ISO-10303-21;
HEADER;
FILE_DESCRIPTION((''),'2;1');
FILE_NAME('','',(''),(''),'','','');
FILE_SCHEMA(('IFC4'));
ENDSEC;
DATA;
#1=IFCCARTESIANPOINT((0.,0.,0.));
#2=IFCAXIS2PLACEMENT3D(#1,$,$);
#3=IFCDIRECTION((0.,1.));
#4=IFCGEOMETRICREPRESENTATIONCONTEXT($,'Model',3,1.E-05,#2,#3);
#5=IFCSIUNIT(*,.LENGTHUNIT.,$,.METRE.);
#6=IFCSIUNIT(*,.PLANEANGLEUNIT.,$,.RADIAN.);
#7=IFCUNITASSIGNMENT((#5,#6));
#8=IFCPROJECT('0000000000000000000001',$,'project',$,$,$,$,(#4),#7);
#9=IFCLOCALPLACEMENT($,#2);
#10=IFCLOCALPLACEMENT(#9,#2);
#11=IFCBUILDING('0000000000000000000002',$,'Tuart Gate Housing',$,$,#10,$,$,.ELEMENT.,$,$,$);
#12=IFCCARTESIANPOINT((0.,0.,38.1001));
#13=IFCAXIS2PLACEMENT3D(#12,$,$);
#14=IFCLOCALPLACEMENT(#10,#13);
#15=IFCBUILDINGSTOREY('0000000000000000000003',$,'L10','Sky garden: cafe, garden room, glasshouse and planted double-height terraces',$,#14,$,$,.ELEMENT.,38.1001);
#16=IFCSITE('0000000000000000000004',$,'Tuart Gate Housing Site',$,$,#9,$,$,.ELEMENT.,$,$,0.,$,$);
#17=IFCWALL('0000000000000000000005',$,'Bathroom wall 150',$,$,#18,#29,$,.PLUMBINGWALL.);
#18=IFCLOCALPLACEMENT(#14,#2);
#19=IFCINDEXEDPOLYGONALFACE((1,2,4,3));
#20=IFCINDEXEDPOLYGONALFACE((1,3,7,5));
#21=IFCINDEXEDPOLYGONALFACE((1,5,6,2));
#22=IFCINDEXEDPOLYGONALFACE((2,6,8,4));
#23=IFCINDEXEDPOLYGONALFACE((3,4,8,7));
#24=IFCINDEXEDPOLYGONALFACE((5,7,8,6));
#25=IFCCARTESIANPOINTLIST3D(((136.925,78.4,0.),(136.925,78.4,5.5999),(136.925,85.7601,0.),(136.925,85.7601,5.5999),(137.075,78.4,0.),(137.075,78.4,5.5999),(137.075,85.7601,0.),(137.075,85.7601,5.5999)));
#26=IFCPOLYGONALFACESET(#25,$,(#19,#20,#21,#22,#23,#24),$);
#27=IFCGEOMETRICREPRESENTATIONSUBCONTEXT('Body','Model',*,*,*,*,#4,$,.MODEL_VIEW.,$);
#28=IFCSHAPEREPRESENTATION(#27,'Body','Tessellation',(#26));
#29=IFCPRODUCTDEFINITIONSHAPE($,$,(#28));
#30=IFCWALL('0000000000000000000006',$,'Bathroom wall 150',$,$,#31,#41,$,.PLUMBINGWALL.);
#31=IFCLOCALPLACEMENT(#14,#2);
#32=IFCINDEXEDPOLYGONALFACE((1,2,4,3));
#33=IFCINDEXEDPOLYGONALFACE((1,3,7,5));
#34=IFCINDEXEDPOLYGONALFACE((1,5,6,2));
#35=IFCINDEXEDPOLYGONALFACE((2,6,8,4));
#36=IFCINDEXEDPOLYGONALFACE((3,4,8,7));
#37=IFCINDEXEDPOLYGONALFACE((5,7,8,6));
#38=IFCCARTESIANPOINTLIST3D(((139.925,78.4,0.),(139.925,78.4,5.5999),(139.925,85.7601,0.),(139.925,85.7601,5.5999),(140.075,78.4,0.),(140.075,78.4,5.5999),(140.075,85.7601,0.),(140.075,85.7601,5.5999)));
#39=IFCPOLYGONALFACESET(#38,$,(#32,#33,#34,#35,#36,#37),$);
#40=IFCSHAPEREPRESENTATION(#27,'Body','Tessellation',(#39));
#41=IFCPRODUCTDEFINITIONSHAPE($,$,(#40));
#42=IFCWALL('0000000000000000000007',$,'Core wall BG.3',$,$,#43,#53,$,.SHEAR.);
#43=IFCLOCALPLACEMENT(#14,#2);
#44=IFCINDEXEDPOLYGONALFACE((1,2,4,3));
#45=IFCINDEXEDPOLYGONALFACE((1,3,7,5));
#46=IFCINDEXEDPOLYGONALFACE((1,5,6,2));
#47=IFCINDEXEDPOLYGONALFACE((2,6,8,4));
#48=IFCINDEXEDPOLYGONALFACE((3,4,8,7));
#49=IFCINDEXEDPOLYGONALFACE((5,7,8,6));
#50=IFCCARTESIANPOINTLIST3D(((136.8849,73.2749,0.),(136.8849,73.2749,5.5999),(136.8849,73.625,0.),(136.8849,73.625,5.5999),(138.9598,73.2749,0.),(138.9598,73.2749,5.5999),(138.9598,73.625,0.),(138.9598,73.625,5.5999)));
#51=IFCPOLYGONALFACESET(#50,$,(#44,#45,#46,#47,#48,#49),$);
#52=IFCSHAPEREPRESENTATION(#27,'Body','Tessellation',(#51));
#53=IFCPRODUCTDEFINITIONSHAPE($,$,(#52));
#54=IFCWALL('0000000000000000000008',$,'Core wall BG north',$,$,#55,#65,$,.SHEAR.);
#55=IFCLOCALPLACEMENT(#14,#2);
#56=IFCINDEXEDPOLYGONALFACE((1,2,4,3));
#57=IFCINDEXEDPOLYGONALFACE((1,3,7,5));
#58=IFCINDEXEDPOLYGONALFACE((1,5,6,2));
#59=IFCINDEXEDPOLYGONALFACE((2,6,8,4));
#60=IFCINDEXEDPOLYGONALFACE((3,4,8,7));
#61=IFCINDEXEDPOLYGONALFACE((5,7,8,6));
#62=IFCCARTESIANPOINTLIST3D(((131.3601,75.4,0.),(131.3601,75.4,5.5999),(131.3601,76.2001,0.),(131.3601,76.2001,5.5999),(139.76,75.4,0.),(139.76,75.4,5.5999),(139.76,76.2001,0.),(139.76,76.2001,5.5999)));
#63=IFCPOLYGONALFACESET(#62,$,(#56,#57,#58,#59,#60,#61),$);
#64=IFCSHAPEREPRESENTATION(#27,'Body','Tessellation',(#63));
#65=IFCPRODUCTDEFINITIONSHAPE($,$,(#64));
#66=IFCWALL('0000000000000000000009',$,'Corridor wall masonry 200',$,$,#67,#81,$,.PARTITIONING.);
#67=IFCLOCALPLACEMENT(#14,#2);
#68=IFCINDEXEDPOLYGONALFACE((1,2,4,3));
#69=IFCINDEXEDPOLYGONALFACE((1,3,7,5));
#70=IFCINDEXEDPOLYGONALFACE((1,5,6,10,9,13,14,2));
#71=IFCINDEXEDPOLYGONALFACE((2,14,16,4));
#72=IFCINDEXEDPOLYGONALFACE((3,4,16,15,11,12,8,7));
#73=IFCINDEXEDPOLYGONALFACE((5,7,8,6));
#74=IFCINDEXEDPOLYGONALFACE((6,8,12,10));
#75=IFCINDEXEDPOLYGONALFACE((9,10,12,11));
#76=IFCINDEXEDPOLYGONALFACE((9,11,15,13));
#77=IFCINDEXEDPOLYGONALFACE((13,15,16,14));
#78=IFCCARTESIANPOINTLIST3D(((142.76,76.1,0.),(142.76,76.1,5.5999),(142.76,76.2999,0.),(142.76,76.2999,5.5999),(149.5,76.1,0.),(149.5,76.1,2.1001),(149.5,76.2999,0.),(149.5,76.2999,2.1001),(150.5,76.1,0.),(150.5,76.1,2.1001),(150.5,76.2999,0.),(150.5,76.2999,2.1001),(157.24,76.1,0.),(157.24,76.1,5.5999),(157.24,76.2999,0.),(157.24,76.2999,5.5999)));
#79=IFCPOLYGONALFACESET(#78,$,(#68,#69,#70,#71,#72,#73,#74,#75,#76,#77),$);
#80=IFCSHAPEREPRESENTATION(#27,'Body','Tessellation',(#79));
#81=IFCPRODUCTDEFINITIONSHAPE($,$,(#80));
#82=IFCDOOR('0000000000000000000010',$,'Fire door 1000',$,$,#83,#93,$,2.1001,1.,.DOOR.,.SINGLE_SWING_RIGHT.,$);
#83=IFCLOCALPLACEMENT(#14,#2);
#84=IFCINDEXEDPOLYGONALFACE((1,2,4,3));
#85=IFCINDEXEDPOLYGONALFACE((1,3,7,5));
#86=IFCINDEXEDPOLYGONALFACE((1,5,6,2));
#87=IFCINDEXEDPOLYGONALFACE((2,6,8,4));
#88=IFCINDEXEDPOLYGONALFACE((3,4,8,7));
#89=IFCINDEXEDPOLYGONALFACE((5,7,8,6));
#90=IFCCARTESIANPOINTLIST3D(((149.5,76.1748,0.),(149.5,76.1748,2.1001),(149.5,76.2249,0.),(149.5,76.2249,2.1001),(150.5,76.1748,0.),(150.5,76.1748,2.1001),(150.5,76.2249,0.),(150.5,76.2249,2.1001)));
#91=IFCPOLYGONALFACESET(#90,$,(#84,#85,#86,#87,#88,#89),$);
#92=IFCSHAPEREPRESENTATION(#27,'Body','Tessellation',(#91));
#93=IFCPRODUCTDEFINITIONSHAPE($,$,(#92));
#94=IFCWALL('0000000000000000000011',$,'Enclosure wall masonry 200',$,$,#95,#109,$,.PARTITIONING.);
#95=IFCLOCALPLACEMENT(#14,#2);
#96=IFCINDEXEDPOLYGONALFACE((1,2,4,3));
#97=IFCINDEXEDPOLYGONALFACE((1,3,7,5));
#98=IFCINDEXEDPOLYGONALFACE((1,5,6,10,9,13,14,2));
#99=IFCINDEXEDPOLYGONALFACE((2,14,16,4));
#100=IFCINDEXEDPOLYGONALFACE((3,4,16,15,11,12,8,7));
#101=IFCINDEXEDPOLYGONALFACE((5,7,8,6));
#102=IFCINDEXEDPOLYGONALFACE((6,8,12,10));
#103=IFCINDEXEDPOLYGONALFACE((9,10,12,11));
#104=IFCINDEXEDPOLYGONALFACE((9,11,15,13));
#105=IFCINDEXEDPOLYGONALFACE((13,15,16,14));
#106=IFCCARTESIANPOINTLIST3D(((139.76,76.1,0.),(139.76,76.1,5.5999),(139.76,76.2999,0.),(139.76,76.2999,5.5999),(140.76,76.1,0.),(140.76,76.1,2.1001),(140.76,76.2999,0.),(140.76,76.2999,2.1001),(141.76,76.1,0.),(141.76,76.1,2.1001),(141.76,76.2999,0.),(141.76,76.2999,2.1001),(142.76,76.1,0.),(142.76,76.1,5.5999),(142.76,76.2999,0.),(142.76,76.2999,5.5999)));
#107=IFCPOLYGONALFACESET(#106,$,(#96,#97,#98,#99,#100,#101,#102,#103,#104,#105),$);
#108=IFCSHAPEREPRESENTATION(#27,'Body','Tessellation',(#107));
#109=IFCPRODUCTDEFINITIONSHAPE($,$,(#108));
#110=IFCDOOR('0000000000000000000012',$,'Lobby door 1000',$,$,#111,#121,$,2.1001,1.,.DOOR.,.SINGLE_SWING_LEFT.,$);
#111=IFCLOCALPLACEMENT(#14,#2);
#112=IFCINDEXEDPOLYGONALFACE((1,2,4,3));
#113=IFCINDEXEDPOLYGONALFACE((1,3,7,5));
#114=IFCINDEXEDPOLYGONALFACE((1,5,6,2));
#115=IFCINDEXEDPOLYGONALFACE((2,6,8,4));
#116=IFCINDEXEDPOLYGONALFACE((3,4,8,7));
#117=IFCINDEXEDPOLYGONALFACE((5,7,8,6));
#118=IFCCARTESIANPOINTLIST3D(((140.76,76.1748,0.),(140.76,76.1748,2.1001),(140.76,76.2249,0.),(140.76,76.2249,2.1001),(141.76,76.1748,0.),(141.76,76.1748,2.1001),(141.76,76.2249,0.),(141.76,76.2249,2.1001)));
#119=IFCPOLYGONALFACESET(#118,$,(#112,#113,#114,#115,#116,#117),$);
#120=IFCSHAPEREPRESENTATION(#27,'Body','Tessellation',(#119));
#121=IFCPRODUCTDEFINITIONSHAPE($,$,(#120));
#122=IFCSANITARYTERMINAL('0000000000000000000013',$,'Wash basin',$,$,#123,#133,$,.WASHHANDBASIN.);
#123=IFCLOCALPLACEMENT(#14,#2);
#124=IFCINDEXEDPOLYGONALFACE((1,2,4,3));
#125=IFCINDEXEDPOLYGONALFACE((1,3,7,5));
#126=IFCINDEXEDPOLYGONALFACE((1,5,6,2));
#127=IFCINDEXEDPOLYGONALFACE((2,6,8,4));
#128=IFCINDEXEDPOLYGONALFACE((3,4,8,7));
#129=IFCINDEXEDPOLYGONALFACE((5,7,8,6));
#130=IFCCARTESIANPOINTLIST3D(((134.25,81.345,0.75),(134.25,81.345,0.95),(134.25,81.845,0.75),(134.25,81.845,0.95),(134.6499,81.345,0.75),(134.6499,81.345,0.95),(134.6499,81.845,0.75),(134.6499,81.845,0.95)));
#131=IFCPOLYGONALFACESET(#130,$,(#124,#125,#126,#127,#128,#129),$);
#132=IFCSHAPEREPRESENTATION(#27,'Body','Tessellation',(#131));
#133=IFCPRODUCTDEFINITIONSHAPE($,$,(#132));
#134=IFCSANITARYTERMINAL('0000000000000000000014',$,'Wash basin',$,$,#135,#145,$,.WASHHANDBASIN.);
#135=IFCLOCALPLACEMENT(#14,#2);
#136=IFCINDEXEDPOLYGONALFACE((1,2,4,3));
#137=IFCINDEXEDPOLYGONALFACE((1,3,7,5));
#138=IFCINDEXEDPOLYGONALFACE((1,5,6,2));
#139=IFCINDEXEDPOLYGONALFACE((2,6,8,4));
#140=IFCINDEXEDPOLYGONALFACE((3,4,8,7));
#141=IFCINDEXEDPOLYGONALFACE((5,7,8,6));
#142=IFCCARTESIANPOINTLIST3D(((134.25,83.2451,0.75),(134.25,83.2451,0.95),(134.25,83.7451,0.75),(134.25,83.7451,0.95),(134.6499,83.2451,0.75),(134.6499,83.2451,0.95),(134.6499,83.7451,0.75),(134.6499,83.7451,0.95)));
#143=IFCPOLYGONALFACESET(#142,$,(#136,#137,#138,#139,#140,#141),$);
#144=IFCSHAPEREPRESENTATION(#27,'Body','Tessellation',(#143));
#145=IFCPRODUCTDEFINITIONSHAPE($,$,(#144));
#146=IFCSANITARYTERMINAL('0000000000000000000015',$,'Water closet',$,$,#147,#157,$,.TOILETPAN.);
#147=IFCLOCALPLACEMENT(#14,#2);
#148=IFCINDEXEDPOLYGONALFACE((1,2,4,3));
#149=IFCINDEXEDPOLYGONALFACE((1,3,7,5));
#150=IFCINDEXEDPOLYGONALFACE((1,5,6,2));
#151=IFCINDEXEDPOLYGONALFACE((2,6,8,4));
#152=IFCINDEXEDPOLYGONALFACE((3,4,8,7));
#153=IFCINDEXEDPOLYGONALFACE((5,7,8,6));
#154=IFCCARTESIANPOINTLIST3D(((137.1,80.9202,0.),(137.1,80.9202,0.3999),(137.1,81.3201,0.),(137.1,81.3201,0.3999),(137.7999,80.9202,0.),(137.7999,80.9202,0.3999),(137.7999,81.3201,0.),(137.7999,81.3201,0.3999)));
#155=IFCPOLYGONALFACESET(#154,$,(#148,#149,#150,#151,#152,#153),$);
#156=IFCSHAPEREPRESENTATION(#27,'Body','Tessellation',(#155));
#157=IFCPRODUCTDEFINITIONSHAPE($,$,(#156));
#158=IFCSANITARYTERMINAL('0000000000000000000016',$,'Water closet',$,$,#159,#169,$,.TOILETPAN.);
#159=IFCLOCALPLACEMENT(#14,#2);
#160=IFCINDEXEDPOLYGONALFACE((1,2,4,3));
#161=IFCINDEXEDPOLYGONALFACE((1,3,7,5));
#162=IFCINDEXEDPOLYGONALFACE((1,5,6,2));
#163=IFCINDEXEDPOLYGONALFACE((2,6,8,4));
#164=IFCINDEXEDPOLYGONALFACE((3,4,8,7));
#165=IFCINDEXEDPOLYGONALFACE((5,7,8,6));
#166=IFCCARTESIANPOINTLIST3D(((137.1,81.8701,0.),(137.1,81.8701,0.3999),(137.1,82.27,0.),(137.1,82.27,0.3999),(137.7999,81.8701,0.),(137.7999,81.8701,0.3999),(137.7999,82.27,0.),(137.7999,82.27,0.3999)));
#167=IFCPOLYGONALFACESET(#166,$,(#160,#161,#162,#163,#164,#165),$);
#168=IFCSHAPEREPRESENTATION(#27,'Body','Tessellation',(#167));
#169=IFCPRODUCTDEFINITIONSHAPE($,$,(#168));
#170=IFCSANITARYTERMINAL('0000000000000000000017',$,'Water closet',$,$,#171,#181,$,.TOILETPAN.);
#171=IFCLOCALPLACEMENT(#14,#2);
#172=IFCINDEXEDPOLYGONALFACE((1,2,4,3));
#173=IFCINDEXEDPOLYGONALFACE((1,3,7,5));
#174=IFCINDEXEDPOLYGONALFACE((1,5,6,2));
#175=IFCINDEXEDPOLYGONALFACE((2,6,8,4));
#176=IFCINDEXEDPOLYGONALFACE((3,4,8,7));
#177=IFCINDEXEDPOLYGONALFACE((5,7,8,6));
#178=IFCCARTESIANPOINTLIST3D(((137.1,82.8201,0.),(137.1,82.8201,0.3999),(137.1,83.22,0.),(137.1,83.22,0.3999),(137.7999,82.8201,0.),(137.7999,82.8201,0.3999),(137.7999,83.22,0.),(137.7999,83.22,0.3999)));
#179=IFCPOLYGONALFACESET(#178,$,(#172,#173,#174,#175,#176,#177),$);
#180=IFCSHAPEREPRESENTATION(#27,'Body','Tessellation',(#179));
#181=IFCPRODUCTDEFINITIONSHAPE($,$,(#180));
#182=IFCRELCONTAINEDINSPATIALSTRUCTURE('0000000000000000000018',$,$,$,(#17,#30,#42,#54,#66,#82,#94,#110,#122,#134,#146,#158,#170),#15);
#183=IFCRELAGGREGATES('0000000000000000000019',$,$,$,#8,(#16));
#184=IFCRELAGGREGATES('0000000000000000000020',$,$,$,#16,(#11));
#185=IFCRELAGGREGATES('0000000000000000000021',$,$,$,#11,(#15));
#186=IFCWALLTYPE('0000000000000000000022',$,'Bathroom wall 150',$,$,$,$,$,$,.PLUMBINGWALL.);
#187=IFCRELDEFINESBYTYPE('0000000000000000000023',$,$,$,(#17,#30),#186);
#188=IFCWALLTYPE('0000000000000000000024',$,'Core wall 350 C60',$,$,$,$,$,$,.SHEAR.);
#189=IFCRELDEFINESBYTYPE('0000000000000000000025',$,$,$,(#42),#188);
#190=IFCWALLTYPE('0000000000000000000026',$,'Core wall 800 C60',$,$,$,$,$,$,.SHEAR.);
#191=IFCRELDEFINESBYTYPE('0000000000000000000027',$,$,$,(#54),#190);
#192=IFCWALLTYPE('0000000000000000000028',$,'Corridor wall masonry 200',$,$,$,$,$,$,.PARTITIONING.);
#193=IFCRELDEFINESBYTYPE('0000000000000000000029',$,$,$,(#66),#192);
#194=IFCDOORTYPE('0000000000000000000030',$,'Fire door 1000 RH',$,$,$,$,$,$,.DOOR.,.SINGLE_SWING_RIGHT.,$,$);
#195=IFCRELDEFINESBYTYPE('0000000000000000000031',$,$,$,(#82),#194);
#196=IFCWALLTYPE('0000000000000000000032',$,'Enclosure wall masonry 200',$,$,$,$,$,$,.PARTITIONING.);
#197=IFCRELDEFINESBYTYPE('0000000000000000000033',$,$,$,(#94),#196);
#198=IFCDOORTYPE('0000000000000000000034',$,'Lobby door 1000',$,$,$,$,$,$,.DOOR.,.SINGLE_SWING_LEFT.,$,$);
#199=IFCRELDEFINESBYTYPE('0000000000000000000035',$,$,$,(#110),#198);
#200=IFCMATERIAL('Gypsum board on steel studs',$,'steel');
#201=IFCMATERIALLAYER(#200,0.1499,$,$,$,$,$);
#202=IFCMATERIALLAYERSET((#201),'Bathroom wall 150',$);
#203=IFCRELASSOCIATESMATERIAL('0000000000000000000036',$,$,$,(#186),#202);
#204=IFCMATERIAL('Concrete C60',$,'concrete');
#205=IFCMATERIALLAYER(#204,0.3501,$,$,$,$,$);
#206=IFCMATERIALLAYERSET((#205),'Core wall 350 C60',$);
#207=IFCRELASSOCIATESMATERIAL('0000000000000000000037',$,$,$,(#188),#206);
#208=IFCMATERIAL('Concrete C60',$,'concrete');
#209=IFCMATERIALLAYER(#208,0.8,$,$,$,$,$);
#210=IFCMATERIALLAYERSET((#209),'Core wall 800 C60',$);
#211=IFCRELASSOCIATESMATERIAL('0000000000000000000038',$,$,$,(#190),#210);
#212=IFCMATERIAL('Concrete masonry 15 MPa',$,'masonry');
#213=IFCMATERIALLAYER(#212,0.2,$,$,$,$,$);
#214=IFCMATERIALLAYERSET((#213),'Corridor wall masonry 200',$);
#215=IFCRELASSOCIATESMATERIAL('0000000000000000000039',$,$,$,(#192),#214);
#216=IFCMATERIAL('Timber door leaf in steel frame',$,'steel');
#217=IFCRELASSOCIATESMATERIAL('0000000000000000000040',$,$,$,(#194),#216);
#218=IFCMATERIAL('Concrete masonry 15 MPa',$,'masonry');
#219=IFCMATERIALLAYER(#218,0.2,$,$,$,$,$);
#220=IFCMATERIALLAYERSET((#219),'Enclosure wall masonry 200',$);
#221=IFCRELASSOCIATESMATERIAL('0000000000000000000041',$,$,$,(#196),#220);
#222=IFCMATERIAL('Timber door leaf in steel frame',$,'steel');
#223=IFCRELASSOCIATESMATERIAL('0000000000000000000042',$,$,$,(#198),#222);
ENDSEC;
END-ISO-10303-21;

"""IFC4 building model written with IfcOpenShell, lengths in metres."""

from ifc_helpers import new_model, si_unit, direction, frame, frame_2d, origin, origin_2d, place, context, subcontext, project, spatial, rectangle, extrude, material, layer, layer_set, type_object, element, fill, save


model = new_model("IFC4")

# Units and contexts
model_context = context("Model", 3, precision=1e-05, world=origin(), true_north=direction((0.0, 1.0)))
body_context = subcontext(model_context, "Body", "Model", "MODEL_VIEW")
ifc_project = project(units=[si_unit("LENGTHUNIT", "METRE"), si_unit("PLANEANGLEUNIT", "RADIAN")], contexts=[model_context])

# Site, building, storey
site_placement = place(None, origin())
site = spatial("IfcSite", under=ifc_project, at=site_placement, Name="Tuart Gate Housing Site", CompositionType="ELEMENT", RefElevation=0.0)
building_placement = place(site_placement, origin())
building = spatial("IfcBuilding", under=site, at=building_placement, Name="Tuart Gate Housing", CompositionType="ELEMENT")
storey_placement = place(building_placement, frame((0.0, 0.0, 38.1001)))
storey = spatial("IfcBuildingStorey", under=building, at=storey_placement, Name="L10", Description="Sky garden: cafe, garden room, glasshouse and planted double-height terraces", CompositionType="ELEMENT", Elevation=38.1001)

# Walls
ifc_material_1 = material(Name="Gypsum board on steel studs", Category="steel")
ifc_layer_1 = layer(ifc_material_1, 0.1499)
ifc_layer_set_1 = layer_set([ifc_layer_1], Name="Bathroom wall 150")
wall_type_1 = type_object("IfcWallType", Name="Bathroom wall 150", PredefinedType="PLUMBINGWALL", material=ifc_layer_set_1)
for number, where, z_axis, x_axis, name in (
    (1, (137.0, 78.3999, 0.0), (0.0, 0.0, 1.0), (0.0, 1.0, 0.0), "Bathroom wall 150"),
    (2, (140.0, 78.3999, 0.0), (0.0, 0.0, 1.0), (0.0, 1.0, 0.0), "Bathroom wall 150"),
):
    element("IfcWall", number, at=place(storey_placement, frame(where, z_axis=z_axis, x_axis=x_axis)), inside=storey, type_object=wall_type_1, Name=name, PredefinedType="PLUMBINGWALL", context=body_context, shape_type="SweptSolid", body=[
        extrude(rectangle(XDim=7.3601, YDim=0.1499, at=frame_2d((3.6802, 0.0))), origin(), (0.0, 0.0, 1.0), 5.5999),
    ])
ifc_material_2 = material(Name="Concrete C60", Category="concrete")
ifc_layer_2 = layer(ifc_material_2, 0.3501)
ifc_layer_set_2 = layer_set([ifc_layer_2], Name="Core wall 350 C60")
wall_type_2 = type_object("IfcWallType", Name="Core wall 350 C60", PredefinedType="SHEAR", material=ifc_layer_set_2)
wall_1_placement = place(storey_placement, frame((138.96, 73.45, 0.0), z_axis=(0.0, 0.0, 1.0), x_axis=(-1.0, 0.0, 0.0)))
element("IfcWall", 3, at=wall_1_placement, inside=storey, type_object=wall_type_2, Name="Core wall BG.3", PredefinedType="SHEAR", context=body_context, shape_type="SweptSolid", body=[
    extrude(rectangle(XDim=2.075, YDim=0.3501, at=frame_2d((1.0376, 0.0))), origin(), (0.0, 0.0, 1.0), 5.5999),
])
ifc_material_3 = material(Name="Concrete C60", Category="concrete")
ifc_layer_3 = layer(ifc_material_3, 0.8)
ifc_layer_set_3 = layer_set([ifc_layer_3], Name="Core wall 800 C60")
wall_type_3 = type_object("IfcWallType", Name="Core wall 800 C60", PredefinedType="SHEAR", material=ifc_layer_set_3)
wall_2_placement = place(storey_placement, frame((139.76, 75.8, 0.0), z_axis=(0.0, 0.0, 1.0), x_axis=(-1.0, 0.0, 0.0)))
element("IfcWall", 4, at=wall_2_placement, inside=storey, type_object=wall_type_3, Name="Core wall BG north", PredefinedType="SHEAR", context=body_context, shape_type="SweptSolid", body=[
    extrude(rectangle(XDim=8.3999, YDim=0.8, at=frame_2d((4.2, 0.0))), origin(), (0.0, 0.0, 1.0), 5.5999),
])

# Walls, openings, doors
ifc_material_4 = material(Name="Concrete masonry 15 MPa", Category="masonry")
ifc_layer_4 = layer(ifc_material_4, 0.2)
ifc_layer_set_4 = layer_set([ifc_layer_4], Name="Corridor wall masonry 200")
wall_type_4 = type_object("IfcWallType", Name="Corridor wall masonry 200", PredefinedType="PARTITIONING", material=ifc_layer_set_4)
wall_3_placement = place(storey_placement, frame((142.76, 76.2, 0.0), z_axis=(0.0, 0.0, 1.0), x_axis=(1.0, 0.0, 0.0)))
wall_3 = element("IfcWall", 5, at=wall_3_placement, inside=storey, type_object=wall_type_4, Name="Corridor wall masonry 200", PredefinedType="PARTITIONING", context=body_context, shape_type="SweptSolid", body=[
    extrude(rectangle(XDim=14.48, YDim=0.2, at=frame_2d((7.24, 0.0))), origin(), (0.0, 0.0, 1.0), 5.5999),
])
opening_1_placement = place(wall_3_placement, frame((6.74, 0.0, 0.0)))
opening_1 = element("IfcOpeningElement", 6, at=opening_1_placement, cuts=wall_3, PredefinedType="OPENING", context=body_context, shape_type="SweptSolid", body=[
    extrude(rectangle(XDim=1.0, YDim=2.1001, at=frame_2d((0.5, 1.05))), frame((0.0, 0.1099, 0.0), z_axis=(0.0, -1.0, 0.0), x_axis=(1.0, 0.0, 0.0)), (0.0, 0.0, 1.0), 0.22),
])
ifc_material_5 = material(Name="Timber door leaf in steel frame", Category="steel")
door_type_1 = type_object("IfcDoorType", Name="Fire door 1000 RH", OperationType="SINGLE_SWING_RIGHT", PredefinedType="DOOR", material=ifc_material_5)
door_1_placement = place(opening_1_placement, frame((1.0, 0.0, 0.0), z_axis=(0.0, 0.0, 1.0), x_axis=(-1.0, 0.0, 0.0)))
door_1 = element("IfcDoor", 7, at=door_1_placement, inside=storey, type_object=door_type_1, Name="Fire door 1000", OperationType="SINGLE_SWING_RIGHT", OverallHeight=2.1001, OverallWidth=1.0, PredefinedType="DOOR", context=body_context, shape_type="SweptSolid", body=[
    extrude(rectangle(XDim=1.0, YDim=2.1001, at=frame_2d((0.5, 1.05))), frame((0.0, 0.0251, 0.0), z_axis=(0.0, -1.0, 0.0), x_axis=(1.0, 0.0, 0.0)), (0.0, 0.0, 1.0), 0.05),
])
fill(opening_1, door_1)
ifc_material_6 = material(Name="Concrete masonry 15 MPa", Category="masonry")
ifc_layer_5 = layer(ifc_material_6, 0.2)
ifc_layer_set_5 = layer_set([ifc_layer_5], Name="Enclosure wall masonry 200")
wall_type_5 = type_object("IfcWallType", Name="Enclosure wall masonry 200", PredefinedType="PARTITIONING", material=ifc_layer_set_5)
wall_4_placement = place(storey_placement, frame((139.76, 76.2, 0.0), z_axis=(0.0, 0.0, 1.0), x_axis=(1.0, 0.0, 0.0)))
wall_4 = element("IfcWall", 8, at=wall_4_placement, inside=storey, type_object=wall_type_5, Name="Enclosure wall masonry 200", PredefinedType="PARTITIONING", context=body_context, shape_type="SweptSolid", body=[
    extrude(rectangle(XDim=3.0, YDim=0.2, at=frame_2d((1.5, 0.0))), origin(), (0.0, 0.0, 1.0), 5.5999),
])
opening_2_placement = place(wall_4_placement, frame((1.0, 0.0, 0.0)))
opening_2 = element("IfcOpeningElement", 9, at=opening_2_placement, cuts=wall_4, PredefinedType="OPENING", context=body_context, shape_type="SweptSolid", body=[
    extrude(rectangle(XDim=1.0, YDim=2.1001, at=frame_2d((0.5, 1.05))), frame((0.0, 0.1099, 0.0), z_axis=(0.0, -1.0, 0.0), x_axis=(1.0, 0.0, 0.0)), (0.0, 0.0, 1.0), 0.22),
])
ifc_material_7 = material(Name="Timber door leaf in steel frame", Category="steel")
door_type_2 = type_object("IfcDoorType", Name="Lobby door 1000", OperationType="SINGLE_SWING_LEFT", PredefinedType="DOOR", material=ifc_material_7)
door_2_placement = place(opening_2_placement, frame((1.0, 0.0, 0.0), z_axis=(0.0, 0.0, 1.0), x_axis=(-1.0, 0.0, 0.0)))
door_2 = element("IfcDoor", 10, at=door_2_placement, inside=storey, type_object=door_type_2, Name="Lobby door 1000", OperationType="SINGLE_SWING_LEFT", OverallHeight=2.1001, OverallWidth=1.0, PredefinedType="DOOR", context=body_context, shape_type="SweptSolid", body=[
    extrude(rectangle(XDim=1.0, YDim=2.1001, at=frame_2d((0.5, 1.05))), frame((0.0, 0.0251, 0.0), z_axis=(0.0, -1.0, 0.0), x_axis=(1.0, 0.0, 0.0)), (0.0, 0.0, 1.0), 0.05),
])
fill(opening_2, door_2)

# Sanitary terminals
for number, where, z_axis, x_axis, name in (
    (11, (134.45, 81.595, 0.75), (0.0, 0.0, 1.0), (1.0, 0.0, 0.0), "Wash basin"),
    (12, (134.45, 83.4951, 0.75), (0.0, 0.0, 1.0), (1.0, 0.0, 0.0), "Wash basin"),
):
    element("IfcSanitaryTerminal", number, at=place(storey_placement, frame(where, z_axis=z_axis, x_axis=x_axis)), inside=storey, Name=name, PredefinedType="WASHHANDBASIN", context=body_context, shape_type="SweptSolid", body=[
        extrude(rectangle(XDim=0.3999, YDim=0.5, at=origin_2d()), origin(), (0.0, 0.0, 1.0), 0.2),
    ])
for number, where, z_axis, x_axis, name in (
    (13, (137.45, 81.1201, 0.0), (0.0, 0.0, 1.0), (1.0, 0.0, 0.0), "Water closet"),
    (14, (137.45, 82.0701, 0.0), (0.0, 0.0, 1.0), (1.0, 0.0, 0.0), "Water closet"),
    (15, (137.45, 83.02, 0.0), (0.0, 0.0, 1.0), (1.0, 0.0, 0.0), "Water closet"),
):
    element("IfcSanitaryTerminal", number, at=place(storey_placement, frame(where, z_axis=z_axis, x_axis=x_axis)), inside=storey, Name=name, PredefinedType="TOILETPAN", context=body_context, shape_type="SweptSolid", body=[
        extrude(rectangle(XDim=0.7, YDim=0.3999, at=origin_2d()), origin(), (0.0, 0.0, 1.0), 0.3999),
    ])

save(model, "model.ifc")
